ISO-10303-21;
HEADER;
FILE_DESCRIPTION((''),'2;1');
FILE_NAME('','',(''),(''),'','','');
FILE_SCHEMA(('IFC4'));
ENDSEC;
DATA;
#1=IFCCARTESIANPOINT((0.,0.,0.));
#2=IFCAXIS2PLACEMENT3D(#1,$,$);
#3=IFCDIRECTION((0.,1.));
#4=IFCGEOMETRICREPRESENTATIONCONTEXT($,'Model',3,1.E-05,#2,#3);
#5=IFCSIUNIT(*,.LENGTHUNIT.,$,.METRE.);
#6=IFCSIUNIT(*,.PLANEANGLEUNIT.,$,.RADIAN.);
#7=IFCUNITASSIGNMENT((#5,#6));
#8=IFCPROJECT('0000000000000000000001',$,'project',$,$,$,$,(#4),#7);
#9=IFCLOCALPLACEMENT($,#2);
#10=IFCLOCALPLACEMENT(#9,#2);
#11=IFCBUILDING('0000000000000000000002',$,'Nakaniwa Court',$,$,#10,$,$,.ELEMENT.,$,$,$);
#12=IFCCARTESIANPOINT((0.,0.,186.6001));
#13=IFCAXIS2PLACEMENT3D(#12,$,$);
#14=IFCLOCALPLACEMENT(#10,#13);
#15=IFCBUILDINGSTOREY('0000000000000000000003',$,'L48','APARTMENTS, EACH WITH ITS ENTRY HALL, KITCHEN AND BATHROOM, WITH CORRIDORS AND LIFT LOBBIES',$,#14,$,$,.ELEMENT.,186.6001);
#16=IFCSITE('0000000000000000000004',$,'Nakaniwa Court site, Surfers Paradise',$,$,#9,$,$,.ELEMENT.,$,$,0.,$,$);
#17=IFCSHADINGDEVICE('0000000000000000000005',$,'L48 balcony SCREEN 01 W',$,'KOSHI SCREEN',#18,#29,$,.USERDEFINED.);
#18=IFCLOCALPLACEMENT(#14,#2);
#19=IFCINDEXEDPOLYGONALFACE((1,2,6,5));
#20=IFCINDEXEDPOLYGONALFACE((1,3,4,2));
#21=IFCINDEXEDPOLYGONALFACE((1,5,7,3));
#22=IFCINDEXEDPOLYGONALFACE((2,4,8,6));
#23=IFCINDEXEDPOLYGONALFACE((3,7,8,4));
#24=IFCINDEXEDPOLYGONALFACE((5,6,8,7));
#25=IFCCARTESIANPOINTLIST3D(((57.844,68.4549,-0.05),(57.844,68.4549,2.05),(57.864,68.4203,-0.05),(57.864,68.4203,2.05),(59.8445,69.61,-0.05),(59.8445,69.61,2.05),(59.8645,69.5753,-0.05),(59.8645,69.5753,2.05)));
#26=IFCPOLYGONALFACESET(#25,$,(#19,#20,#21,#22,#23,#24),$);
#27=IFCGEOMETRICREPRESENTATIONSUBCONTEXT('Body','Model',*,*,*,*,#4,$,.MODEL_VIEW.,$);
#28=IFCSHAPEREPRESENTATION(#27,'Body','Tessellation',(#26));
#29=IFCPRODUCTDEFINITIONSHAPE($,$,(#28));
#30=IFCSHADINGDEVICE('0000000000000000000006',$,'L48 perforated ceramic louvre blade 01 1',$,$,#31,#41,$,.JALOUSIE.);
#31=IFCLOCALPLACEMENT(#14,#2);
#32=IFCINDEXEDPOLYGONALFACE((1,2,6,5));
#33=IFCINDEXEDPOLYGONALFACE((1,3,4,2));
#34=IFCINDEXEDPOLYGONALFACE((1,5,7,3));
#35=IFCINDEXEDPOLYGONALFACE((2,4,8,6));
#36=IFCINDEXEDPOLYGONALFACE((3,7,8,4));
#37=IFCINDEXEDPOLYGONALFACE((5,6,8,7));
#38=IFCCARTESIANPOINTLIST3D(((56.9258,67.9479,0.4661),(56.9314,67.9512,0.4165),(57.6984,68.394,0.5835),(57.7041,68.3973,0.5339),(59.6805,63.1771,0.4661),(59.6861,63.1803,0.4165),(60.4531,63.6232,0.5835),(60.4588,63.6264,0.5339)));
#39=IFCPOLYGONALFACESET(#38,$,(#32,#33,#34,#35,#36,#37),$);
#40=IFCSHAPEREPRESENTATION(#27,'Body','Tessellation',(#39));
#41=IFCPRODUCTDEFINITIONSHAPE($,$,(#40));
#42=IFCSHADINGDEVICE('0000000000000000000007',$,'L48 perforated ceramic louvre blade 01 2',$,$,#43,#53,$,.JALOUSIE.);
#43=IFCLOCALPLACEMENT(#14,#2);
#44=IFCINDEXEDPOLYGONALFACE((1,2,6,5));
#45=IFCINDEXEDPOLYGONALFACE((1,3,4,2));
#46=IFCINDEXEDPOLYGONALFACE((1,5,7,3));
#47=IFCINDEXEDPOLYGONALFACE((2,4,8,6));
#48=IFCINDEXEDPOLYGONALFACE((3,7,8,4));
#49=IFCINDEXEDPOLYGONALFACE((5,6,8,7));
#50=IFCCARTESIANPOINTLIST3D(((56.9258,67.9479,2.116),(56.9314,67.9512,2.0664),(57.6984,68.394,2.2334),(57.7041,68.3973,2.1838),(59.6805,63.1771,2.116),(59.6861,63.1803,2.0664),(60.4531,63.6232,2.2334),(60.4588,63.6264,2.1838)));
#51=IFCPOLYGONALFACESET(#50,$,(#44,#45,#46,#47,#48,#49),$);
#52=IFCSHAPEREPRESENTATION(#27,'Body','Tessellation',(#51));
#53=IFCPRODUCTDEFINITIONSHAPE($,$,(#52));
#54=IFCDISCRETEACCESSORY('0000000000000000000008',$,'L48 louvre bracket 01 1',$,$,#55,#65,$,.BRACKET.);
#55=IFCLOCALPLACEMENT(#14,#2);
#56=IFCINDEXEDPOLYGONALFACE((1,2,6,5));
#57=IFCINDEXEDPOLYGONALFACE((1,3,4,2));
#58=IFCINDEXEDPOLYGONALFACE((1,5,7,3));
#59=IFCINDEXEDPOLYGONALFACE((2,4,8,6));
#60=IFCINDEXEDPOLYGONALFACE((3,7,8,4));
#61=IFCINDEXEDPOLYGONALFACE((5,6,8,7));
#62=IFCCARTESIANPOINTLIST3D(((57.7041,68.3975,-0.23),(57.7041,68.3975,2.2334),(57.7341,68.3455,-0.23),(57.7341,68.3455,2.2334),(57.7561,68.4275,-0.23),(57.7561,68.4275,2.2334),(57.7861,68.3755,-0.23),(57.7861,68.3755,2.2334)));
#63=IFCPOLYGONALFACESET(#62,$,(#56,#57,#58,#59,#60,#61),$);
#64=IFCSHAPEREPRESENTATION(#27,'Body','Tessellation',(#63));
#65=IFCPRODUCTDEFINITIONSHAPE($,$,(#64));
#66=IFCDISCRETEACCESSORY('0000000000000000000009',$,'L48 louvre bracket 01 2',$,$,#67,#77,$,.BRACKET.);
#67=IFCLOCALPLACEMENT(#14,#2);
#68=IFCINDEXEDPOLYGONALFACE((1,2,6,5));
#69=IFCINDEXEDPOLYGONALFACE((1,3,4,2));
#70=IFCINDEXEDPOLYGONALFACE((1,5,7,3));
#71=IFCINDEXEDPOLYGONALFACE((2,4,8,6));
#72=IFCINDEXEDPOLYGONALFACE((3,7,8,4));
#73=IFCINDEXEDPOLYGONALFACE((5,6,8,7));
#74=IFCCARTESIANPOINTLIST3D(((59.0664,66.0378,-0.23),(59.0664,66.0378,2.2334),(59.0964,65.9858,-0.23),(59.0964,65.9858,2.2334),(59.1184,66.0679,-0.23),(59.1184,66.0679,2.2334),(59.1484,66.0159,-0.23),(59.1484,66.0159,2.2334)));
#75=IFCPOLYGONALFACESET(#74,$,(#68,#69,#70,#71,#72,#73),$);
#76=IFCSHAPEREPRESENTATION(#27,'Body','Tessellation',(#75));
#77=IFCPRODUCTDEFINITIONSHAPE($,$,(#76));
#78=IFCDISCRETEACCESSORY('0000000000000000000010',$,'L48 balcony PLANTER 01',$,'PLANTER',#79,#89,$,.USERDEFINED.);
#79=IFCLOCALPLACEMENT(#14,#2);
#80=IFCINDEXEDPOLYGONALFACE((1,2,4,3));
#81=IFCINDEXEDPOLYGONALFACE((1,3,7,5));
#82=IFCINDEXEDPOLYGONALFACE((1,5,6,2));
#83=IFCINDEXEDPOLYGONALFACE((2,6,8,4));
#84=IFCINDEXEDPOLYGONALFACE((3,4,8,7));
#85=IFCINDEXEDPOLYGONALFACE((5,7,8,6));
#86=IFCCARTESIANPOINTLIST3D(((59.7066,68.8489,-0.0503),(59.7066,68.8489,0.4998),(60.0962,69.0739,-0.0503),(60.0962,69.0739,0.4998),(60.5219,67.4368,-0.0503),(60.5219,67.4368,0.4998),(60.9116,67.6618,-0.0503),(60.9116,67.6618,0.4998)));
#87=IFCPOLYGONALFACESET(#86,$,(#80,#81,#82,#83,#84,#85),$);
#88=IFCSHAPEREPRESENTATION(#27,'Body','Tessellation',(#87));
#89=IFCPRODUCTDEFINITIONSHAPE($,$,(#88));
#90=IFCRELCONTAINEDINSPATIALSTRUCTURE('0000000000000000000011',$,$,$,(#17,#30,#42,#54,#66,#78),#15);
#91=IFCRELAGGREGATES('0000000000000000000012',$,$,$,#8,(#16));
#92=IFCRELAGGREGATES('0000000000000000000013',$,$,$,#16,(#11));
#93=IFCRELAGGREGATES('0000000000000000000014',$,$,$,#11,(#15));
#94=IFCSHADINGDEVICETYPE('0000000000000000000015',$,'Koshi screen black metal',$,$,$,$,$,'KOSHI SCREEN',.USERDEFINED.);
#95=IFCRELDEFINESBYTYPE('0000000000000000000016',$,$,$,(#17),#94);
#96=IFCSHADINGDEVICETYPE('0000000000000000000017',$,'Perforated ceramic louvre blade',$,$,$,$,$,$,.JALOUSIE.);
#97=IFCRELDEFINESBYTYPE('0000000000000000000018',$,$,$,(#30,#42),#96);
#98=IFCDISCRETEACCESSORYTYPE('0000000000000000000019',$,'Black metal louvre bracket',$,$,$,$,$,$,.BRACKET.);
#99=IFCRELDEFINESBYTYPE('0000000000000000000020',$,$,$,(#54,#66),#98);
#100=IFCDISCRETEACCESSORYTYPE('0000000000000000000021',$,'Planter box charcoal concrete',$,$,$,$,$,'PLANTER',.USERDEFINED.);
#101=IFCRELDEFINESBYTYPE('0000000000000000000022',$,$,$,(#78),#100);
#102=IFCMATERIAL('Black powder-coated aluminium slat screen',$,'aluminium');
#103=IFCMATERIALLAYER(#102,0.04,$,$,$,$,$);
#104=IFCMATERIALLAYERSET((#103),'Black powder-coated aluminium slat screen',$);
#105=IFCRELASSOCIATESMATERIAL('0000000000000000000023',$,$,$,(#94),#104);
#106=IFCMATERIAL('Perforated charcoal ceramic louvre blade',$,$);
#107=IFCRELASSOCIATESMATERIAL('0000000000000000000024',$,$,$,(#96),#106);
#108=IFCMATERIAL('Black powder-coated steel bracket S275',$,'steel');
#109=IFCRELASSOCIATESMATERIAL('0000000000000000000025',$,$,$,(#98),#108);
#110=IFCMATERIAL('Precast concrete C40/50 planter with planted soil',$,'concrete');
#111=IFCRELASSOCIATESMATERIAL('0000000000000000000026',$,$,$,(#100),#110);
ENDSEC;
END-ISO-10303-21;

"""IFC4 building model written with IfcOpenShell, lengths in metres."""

from ifc_helpers import new_model, si_unit, direction, frame, origin, origin_2d, place, context, subcontext, project, spatial, rectangle, extrude, material, layer, layer_set, material_profile, profile_set, type_object, element, save


model = new_model("IFC4")

# Units and contexts
model_context = context("Model", 3, precision=1e-05, world=origin(), true_north=direction((0.0, 1.0)))
body_context = subcontext(model_context, "Body", "Model", "MODEL_VIEW")
ifc_project = project(units=[si_unit("LENGTHUNIT", "METRE"), si_unit("PLANEANGLEUNIT", "RADIAN")], contexts=[model_context])

# Site, building, storey
site_placement = place(None, origin())
site = spatial("IfcSite", under=ifc_project, at=site_placement, Name="Nakaniwa Court site, Surfers Paradise", CompositionType="ELEMENT", RefElevation=0.0)
building_placement = place(site_placement, origin())
building = spatial("IfcBuilding", under=site, at=building_placement, Name="Nakaniwa Court", CompositionType="ELEMENT")
storey_placement = place(building_placement, frame((0.0, 0.0, 186.6001)))
storey = spatial("IfcBuildingStorey", under=building, at=storey_placement, Name="L48", Description="APARTMENTS, EACH WITH ITS ENTRY HALL, KITCHEN AND BATHROOM, WITH CORRIDORS AND LIFT LOBBIES", CompositionType="ELEMENT", Elevation=186.6001)

# Shading devices
ifc_material_1 = material(Name="Black powder-coated aluminium slat screen", Category="aluminium")
ifc_layer_1 = layer(ifc_material_1, 0.04)
ifc_layer_set_1 = layer_set([ifc_layer_1], Name="Black powder-coated aluminium slat screen")
shading_device_type_1 = type_object("IfcShadingDeviceType", Name="Koshi screen black metal", ElementType="KOSHI SCREEN", PredefinedType="USERDEFINED", material=ifc_layer_set_1)
shading_device_placement = place(storey_placement, frame((58.8542, 69.0151, -0.05), z_axis=(0.0, 0.0, 1.0), x_axis=(0.500017, -0.866016, 0.0)))
element("IfcShadingDevice", 1, at=shading_device_placement, inside=storey, type_object=shading_device_type_1, Name="L48 balcony SCREEN 01 W", ObjectType="KOSHI SCREEN", PredefinedType="USERDEFINED", context=body_context, shape_type="SweptSolid", body=[
    extrude(rectangle(XDim=0.04, YDim=2.3101, at=origin_2d()), origin(), (0.0, 0.0, 1.0), 2.1001),
])
ifc_material_2 = material(Name="Perforated charcoal ceramic louvre blade")
ifc_material_profile_1 = material_profile(ifc_material_2, rectangle(XDim=0.8999, YDim=0.05, at=origin_2d()), Name="Perforated ceramic louvre blade")
ifc_profile_set_1 = profile_set([ifc_material_profile_1], Name="Perforated charcoal ceramic louvre blade")
shading_device_type_2 = type_object("IfcShadingDeviceType", Name="Perforated ceramic louvre blade", PredefinedType="JALOUSIE", material=ifc_profile_set_1)
for number, where, z_axis, x_axis, name in (
    (2, (57.3149, 68.1726, 0.5), (0.500033, -0.866006, 0.0), (0.858597, 0.495755, 0.130526), "L48 perforated ceramic louvre blade 01 1"),
    (3, (57.3149, 68.1726, 2.1499), (0.500033, -0.866006, 0.0), (0.858597, 0.495755, 0.130526), "L48 perforated ceramic louvre blade 01 2"),
):
    element("IfcShadingDevice", number, at=place(storey_placement, frame(where, z_axis=z_axis, x_axis=x_axis)), inside=storey, type_object=shading_device_type_2, Name=name, PredefinedType="JALOUSIE", context=body_context, shape_type="SweptSolid", body=[
        extrude(rectangle(XDim=0.8999, YDim=0.05, at=origin_2d()), origin(), (0.0, 0.0, 1.0), 5.509),
    ])

# Discrete accessories
ifc_material_3 = material(Name="Black powder-coated steel bracket S275", Category="steel")
discrete_accessory_type_1 = type_object("IfcDiscreteAccessoryType", Name="Black metal louvre bracket", PredefinedType="BRACKET", material=ifc_material_3)
for number, where, z_axis, x_axis, name in (
    (4, (57.7451, 68.3865, -0.23), (0.0, 0.0, 1.0), (0.500017, -0.866016, 0.0), "L48 louvre bracket 01 1"),
    (5, (59.1074, 66.0269, -0.23), (0.0, 0.0, 1.0), (0.500017, -0.866016, 0.0), "L48 louvre bracket 01 2"),
):
    element("IfcDiscreteAccessory", number, at=place(storey_placement, frame(where, z_axis=z_axis, x_axis=x_axis)), inside=storey, type_object=discrete_accessory_type_1, Name=name, PredefinedType="BRACKET", context=body_context, shape_type="SweptSolid", body=[
        extrude(rectangle(XDim=0.0601, YDim=0.0601, at=origin_2d()), origin(), (0.0, 0.0, 1.0), 2.4634),
    ])
ifc_material_4 = material(Name="Precast concrete C40/50 planter with planted soil", Category="concrete")
discrete_accessory_type_2 = type_object("IfcDiscreteAccessoryType", Name="Planter box charcoal concrete", ElementType="PLANTER", PredefinedType="USERDEFINED", material=ifc_material_4)
discrete_accessory_placement = place(storey_placement, frame((60.3091, 68.2554, -0.0503), z_axis=(0.0, 0.0, 1.0), x_axis=(0.500017, -0.866016, 0.0)))
element("IfcDiscreteAccessory", 6, at=discrete_accessory_placement, inside=storey, type_object=discrete_accessory_type_2, Name="L48 balcony PLANTER 01", ObjectType="PLANTER", PredefinedType="USERDEFINED", context=body_context, shape_type="SweptSolid", body=[
    extrude(rectangle(XDim=1.6306, YDim=0.45, at=origin_2d()), origin(), (0.0, 0.0, 1.0), 0.55),
])

save(model, "model.ifc")
